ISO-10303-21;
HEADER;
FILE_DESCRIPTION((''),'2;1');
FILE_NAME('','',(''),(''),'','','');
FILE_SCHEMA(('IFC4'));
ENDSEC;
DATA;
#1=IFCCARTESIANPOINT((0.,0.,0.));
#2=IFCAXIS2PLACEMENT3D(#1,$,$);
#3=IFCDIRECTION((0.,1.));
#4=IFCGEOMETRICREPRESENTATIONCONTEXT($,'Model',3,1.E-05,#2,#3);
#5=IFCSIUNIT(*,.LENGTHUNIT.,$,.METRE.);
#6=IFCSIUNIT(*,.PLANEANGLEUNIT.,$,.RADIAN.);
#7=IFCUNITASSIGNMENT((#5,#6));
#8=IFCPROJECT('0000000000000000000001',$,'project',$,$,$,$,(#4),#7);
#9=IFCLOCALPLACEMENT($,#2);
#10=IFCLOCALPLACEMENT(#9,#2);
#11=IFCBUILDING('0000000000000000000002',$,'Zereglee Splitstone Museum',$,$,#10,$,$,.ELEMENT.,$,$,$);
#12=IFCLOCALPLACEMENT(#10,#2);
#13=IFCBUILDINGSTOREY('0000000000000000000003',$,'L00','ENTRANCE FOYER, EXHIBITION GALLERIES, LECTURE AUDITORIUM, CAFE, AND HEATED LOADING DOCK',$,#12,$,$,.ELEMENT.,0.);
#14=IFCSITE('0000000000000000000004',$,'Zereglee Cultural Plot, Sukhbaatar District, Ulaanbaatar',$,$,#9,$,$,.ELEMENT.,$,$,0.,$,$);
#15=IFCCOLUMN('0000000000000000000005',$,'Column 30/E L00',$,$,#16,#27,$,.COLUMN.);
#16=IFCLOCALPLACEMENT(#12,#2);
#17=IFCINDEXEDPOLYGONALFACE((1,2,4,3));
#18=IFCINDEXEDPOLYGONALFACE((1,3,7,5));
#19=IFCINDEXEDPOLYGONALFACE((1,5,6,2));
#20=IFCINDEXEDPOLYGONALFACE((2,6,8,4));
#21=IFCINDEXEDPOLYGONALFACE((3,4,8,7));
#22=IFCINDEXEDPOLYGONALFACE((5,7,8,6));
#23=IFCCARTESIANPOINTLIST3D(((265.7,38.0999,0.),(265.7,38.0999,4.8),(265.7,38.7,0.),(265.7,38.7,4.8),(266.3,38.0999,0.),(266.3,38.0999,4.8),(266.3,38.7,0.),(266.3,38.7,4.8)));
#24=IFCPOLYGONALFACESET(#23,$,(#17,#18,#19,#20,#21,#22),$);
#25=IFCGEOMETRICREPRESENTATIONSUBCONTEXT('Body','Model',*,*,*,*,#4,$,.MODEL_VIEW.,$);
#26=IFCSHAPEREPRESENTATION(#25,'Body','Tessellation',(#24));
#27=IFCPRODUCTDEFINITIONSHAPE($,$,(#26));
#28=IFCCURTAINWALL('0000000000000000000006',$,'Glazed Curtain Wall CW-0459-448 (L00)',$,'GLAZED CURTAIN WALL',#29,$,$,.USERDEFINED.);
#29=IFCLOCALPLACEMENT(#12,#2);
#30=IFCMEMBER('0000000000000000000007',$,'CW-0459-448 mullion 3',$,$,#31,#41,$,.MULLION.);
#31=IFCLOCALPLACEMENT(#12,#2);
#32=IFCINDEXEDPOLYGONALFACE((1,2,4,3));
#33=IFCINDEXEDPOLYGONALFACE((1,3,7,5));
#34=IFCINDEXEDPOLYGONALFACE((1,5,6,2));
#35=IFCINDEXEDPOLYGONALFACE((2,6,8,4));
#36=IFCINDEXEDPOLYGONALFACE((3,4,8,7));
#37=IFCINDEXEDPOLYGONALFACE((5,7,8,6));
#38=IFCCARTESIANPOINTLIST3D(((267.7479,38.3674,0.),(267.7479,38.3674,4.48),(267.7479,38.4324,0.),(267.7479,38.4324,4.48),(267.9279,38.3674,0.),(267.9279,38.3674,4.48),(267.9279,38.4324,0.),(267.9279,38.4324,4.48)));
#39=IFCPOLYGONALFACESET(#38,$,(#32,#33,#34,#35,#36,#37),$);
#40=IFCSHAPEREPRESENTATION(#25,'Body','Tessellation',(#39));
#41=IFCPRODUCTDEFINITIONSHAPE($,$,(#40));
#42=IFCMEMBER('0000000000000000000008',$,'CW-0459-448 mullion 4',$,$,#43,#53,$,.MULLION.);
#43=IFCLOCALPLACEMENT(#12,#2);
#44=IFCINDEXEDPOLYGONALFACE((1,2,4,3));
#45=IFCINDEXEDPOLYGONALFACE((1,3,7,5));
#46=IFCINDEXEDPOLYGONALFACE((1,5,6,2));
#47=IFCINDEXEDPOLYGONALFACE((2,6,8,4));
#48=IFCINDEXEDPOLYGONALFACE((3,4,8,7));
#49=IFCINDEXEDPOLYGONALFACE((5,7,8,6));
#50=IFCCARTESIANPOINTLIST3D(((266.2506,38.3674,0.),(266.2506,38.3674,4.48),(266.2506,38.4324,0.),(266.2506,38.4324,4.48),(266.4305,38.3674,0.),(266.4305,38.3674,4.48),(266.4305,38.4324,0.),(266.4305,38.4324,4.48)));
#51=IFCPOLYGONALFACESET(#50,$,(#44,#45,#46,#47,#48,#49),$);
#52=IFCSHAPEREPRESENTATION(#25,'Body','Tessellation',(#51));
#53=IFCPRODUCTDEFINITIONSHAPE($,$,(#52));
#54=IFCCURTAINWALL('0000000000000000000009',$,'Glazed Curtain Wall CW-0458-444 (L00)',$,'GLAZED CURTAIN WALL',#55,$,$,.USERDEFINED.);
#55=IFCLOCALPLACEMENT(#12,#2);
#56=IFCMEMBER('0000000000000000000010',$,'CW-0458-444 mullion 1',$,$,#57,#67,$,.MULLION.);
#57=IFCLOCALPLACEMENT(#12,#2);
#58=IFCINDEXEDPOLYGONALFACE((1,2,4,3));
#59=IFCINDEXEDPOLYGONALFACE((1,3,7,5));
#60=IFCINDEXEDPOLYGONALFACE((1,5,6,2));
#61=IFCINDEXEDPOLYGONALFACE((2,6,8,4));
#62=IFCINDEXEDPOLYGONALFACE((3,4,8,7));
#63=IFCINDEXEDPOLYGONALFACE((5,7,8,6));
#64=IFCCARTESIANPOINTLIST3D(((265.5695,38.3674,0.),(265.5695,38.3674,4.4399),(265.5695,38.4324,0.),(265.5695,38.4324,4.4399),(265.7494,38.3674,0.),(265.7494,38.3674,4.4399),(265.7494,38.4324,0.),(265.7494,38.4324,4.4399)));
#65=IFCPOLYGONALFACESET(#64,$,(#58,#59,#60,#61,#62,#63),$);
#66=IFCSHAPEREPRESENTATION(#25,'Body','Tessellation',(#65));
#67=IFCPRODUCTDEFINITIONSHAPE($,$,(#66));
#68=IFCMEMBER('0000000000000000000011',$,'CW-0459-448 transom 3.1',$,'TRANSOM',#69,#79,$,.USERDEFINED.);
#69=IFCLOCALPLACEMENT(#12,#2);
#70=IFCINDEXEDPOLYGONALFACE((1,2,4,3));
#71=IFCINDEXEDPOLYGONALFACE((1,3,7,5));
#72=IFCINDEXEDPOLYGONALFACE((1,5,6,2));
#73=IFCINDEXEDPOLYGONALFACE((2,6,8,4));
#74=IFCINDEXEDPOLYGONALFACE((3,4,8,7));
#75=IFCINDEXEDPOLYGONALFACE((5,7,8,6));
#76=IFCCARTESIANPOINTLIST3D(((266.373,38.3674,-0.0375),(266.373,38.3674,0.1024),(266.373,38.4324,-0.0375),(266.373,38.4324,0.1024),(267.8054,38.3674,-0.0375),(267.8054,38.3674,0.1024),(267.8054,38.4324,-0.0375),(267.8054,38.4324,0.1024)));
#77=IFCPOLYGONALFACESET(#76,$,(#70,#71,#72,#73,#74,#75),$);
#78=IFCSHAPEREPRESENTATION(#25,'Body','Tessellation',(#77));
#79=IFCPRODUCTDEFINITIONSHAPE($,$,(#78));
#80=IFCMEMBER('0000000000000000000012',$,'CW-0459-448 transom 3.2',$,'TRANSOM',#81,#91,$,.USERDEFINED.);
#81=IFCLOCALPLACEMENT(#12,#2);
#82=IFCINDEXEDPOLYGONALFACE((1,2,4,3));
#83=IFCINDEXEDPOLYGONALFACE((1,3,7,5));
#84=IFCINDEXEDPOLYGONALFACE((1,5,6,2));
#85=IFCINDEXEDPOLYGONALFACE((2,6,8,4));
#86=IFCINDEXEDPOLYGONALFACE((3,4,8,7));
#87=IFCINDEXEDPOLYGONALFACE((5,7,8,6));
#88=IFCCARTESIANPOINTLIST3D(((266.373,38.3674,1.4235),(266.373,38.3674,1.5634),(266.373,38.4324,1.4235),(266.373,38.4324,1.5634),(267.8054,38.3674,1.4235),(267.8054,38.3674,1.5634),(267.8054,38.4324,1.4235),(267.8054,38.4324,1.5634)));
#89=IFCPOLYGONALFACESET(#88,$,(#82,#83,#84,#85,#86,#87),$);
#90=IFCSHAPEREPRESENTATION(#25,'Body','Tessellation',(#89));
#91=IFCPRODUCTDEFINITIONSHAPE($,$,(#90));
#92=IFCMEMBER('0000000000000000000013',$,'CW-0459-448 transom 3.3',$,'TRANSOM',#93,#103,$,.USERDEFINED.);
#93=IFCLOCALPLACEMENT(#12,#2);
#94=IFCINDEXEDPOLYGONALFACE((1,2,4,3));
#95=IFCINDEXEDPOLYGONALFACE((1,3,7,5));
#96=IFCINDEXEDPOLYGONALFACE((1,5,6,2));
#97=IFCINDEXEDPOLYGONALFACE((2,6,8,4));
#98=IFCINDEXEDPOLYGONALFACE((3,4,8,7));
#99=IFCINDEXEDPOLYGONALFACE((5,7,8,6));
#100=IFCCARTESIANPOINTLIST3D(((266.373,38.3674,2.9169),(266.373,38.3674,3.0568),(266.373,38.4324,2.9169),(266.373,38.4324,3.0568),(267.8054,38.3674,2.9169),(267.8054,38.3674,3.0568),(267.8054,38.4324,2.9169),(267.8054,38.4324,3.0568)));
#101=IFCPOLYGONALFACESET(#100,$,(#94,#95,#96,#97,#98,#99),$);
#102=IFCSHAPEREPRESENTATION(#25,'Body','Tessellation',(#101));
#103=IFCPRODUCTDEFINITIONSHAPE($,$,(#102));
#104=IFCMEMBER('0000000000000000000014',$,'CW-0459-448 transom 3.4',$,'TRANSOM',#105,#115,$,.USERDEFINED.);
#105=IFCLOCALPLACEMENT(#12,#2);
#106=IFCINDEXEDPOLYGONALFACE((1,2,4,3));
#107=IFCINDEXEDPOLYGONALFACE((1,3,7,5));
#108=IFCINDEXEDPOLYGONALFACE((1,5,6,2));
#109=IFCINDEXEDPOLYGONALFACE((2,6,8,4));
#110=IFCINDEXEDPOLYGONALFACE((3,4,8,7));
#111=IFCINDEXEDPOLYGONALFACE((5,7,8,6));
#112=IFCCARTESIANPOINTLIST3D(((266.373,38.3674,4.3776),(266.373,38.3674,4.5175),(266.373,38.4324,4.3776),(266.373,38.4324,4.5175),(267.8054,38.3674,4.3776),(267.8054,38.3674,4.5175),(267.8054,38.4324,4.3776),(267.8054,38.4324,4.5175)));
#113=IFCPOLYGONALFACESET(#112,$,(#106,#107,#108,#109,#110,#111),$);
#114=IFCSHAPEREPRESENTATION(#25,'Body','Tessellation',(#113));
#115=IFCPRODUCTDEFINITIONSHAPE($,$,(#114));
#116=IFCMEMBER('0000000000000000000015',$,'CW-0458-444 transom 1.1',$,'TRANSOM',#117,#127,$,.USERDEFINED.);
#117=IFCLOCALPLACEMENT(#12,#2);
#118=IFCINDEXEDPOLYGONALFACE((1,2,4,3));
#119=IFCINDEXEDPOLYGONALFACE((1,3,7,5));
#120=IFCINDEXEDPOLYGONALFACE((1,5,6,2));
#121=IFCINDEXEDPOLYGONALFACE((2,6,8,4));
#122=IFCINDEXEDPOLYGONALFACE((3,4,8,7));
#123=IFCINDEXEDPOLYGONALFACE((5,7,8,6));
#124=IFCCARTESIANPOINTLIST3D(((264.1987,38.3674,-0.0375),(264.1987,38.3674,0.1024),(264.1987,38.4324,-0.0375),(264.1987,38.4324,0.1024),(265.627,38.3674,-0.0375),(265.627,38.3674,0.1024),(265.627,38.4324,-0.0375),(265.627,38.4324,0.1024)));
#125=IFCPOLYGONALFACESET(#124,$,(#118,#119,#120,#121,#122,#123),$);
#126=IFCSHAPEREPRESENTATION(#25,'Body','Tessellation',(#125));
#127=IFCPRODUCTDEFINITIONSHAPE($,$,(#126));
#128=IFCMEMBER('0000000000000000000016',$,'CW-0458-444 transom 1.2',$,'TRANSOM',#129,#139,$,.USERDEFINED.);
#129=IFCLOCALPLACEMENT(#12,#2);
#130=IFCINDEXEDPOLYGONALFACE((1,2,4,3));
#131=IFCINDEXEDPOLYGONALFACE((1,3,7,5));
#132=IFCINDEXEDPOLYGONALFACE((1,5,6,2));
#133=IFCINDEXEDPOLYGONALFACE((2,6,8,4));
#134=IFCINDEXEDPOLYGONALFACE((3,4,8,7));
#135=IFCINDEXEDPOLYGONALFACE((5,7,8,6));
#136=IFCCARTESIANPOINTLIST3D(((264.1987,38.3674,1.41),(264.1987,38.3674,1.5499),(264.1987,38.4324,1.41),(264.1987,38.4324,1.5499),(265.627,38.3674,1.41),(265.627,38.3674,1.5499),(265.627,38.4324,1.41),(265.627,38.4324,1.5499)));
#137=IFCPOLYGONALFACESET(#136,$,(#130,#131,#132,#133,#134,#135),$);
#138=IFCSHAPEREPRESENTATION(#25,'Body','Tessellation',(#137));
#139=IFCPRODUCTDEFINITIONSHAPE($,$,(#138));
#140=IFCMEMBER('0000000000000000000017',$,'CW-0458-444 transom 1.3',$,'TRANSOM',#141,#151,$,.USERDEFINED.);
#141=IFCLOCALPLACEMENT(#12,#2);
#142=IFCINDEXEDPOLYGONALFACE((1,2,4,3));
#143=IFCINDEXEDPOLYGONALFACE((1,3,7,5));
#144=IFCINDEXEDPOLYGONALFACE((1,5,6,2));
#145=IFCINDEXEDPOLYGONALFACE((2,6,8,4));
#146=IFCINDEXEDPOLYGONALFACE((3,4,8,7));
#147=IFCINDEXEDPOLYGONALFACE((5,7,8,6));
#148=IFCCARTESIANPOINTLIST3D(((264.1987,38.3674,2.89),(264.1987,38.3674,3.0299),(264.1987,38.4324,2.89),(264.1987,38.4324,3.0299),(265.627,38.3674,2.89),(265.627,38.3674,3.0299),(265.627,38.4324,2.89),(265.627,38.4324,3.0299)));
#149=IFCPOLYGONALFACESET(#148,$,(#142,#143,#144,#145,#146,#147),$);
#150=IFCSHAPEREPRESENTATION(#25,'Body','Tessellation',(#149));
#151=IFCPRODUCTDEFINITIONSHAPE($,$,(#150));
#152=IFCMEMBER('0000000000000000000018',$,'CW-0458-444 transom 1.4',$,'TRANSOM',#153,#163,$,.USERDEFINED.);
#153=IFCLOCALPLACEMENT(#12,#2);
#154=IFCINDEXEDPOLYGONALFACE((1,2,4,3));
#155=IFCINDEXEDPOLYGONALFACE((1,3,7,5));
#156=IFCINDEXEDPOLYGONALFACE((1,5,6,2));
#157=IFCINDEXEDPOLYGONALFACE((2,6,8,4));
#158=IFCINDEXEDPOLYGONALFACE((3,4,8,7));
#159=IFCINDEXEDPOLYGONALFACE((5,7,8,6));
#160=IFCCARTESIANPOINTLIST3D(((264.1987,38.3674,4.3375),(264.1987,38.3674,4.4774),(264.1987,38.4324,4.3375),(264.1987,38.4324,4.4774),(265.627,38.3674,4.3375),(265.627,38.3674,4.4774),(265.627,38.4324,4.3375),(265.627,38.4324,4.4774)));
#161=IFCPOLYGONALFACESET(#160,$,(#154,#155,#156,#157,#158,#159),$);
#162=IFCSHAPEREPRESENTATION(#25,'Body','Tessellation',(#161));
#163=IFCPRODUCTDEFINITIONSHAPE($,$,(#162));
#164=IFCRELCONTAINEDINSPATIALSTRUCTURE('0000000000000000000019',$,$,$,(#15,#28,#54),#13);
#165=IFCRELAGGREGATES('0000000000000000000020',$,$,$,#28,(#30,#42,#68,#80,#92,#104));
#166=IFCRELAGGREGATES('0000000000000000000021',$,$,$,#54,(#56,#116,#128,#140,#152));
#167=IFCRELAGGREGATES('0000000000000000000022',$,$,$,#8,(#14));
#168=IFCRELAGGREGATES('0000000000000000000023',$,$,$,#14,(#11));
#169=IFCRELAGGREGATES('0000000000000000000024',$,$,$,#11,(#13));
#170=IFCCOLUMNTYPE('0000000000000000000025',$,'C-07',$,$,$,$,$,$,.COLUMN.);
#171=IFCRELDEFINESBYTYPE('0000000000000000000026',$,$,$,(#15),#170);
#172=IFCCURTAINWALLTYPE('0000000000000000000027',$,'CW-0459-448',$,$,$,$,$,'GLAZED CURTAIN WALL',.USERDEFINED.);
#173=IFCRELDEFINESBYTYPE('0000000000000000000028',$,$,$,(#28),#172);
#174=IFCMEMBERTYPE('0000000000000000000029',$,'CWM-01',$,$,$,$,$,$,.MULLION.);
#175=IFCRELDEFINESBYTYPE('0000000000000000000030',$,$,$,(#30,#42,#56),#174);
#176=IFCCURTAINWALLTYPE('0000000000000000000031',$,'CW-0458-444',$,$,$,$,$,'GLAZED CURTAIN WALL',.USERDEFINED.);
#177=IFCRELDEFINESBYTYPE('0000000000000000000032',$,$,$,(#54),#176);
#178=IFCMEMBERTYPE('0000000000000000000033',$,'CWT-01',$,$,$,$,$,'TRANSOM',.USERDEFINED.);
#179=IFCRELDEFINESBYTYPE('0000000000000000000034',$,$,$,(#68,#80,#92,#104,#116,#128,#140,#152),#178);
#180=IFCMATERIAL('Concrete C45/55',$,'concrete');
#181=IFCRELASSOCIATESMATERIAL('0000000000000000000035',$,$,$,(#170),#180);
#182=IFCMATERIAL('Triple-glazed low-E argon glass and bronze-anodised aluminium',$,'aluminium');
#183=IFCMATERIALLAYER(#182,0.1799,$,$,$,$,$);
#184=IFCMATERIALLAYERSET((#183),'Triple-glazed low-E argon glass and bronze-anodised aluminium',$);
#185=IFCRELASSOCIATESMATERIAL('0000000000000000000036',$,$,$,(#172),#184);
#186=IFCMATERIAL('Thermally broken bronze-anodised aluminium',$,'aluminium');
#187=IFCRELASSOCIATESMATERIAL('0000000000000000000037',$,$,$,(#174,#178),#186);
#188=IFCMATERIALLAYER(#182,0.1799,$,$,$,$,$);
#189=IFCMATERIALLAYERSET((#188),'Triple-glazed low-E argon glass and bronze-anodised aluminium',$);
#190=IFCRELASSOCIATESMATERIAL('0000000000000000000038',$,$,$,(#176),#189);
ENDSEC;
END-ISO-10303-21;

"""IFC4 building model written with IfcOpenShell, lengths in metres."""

from ifc_helpers import new_model, si_unit, direction, frame, origin, origin_2d, place, context, subcontext, project, spatial, rectangle, extrude, material, layer, layer_set, material_profile, profile_set, type_object, element, aggregate, save


model = new_model("IFC4")

# Units and contexts
model_context = context("Model", 3, precision=1e-05, world=origin(), true_north=direction((0.0, 1.0)))
body_context = subcontext(model_context, "Body", "Model", "MODEL_VIEW")
ifc_project = project(units=[si_unit("LENGTHUNIT", "METRE"), si_unit("PLANEANGLEUNIT", "RADIAN")], contexts=[model_context])

# Site, building, storey
site_placement = place(None, origin())
site = spatial("IfcSite", under=ifc_project, at=site_placement, Name="Zereglee Cultural Plot, Sukhbaatar District, Ulaanbaatar", CompositionType="ELEMENT", RefElevation=0.0)
building_placement = place(site_placement, origin())
building = spatial("IfcBuilding", under=site, at=building_placement, Name="Zereglee Splitstone Museum", CompositionType="ELEMENT")
storey_placement = place(building_placement, origin())
storey = spatial("IfcBuildingStorey", under=building, at=storey_placement, Name="L00", Description="ENTRANCE FOYER, EXHIBITION GALLERIES, LECTURE AUDITORIUM, CAFE, AND HEATED LOADING DOCK", CompositionType="ELEMENT", Elevation=0.0)

# Column
ifc_material_1 = material(Name="Concrete C45/55", Category="concrete")
ifc_material_profile_1 = material_profile(ifc_material_1, rectangle(XDim=0.6001, YDim=0.6001, at=origin_2d()), Name="RC 600x600")
ifc_profile_set_1 = profile_set([ifc_material_profile_1], Name="Concrete C45/55")
column_type = type_object("IfcColumnType", Name="C-07", PredefinedType="COLUMN", material=ifc_profile_set_1)
column_placement = place(storey_placement, frame((266.0, 38.3999, 0.0), z_axis=(0.0, 0.0, 1.0), x_axis=(1.0, 0.0, 0.0)))
element("IfcColumn", 1, at=column_placement, inside=storey, type_object=column_type, Name="Column 30/E L00", PredefinedType="COLUMN", context=body_context, shape_type="SweptSolid", body=[
    extrude(rectangle(XDim=0.6001, YDim=0.6001, at=origin_2d()), origin(), (0.0, 0.0, 1.0), 4.8),
])

# Curtain wall, members
ifc_material_2 = material(Name="Triple-glazed low-E argon glass and bronze-anodised aluminium", Category="aluminium")
ifc_layer_1 = layer(ifc_material_2, 0.1799)
ifc_layer_set_1 = layer_set([ifc_layer_1], Name="Triple-glazed low-E argon glass and bronze-anodised aluminium")
curtain_wall_type_1 = type_object("IfcCurtainWallType", Name="CW-0459-448", ElementType="GLAZED CURTAIN WALL", PredefinedType="USERDEFINED", material=ifc_layer_set_1)
curtain_wall_1_placement = place(storey_placement, origin())
curtain_wall_1 = element("IfcCurtainWall", 2, at=curtain_wall_1_placement, inside=storey, type_object=curtain_wall_type_1, Name="Glazed Curtain Wall CW-0459-448 (L00)", ObjectType="GLAZED CURTAIN WALL", PredefinedType="USERDEFINED")
ifc_material_3 = material(Name="Thermally broken bronze-anodised aluminium", Category="aluminium")
ifc_material_profile_2 = material_profile(ifc_material_3, rectangle(XDim=0.0649, YDim=0.1799, at=origin_2d()), Name="CW MULL 65x180")
ifc_profile_set_2 = profile_set([ifc_material_profile_2], Name="Thermally broken bronze-anodised aluminium")
member_type_1 = type_object("IfcMemberType", Name="CWM-01", PredefinedType="MULLION", material=ifc_profile_set_2)
member_1_placement = place(storey_placement, frame((267.8379, 38.3999, 0.0), z_axis=(0.0, 0.0, 1.0), x_axis=(0.0, -1.0, 0.0)))
member_1 = element("IfcMember", 3, at=member_1_placement, type_object=member_type_1, Name="CW-0459-448 mullion 3", PredefinedType="MULLION", context=body_context, shape_type="SweptSolid", body=[
    extrude(rectangle(XDim=0.0649, YDim=0.1799, at=origin_2d()), origin(), (0.0, 0.0, 1.0), 4.48),
])
member_2_placement = place(storey_placement, frame((266.3406, 38.3999, 0.0), z_axis=(0.0, 0.0, 1.0), x_axis=(0.0, -1.0, 0.0)))
member_2 = element("IfcMember", 4, at=member_2_placement, type_object=member_type_1, Name="CW-0459-448 mullion 4", PredefinedType="MULLION", context=body_context, shape_type="SweptSolid", body=[
    extrude(rectangle(XDim=0.0649, YDim=0.1799, at=origin_2d()), origin(), (0.0, 0.0, 1.0), 4.48),
])

# Curtain wall, member
ifc_layer_2 = layer(ifc_material_2, 0.1799)
ifc_layer_set_2 = layer_set([ifc_layer_2], Name="Triple-glazed low-E argon glass and bronze-anodised aluminium")
curtain_wall_type_2 = type_object("IfcCurtainWallType", Name="CW-0458-444", ElementType="GLAZED CURTAIN WALL", PredefinedType="USERDEFINED", material=ifc_layer_set_2)
curtain_wall_2_placement = place(storey_placement, origin())
curtain_wall_2 = element("IfcCurtainWall", 5, at=curtain_wall_2_placement, inside=storey, type_object=curtain_wall_type_2, Name="Glazed Curtain Wall CW-0458-444 (L00)", ObjectType="GLAZED CURTAIN WALL", PredefinedType="USERDEFINED")
member_3_placement = place(storey_placement, frame((265.6594, 38.3999, 0.0), z_axis=(0.0, 0.0, 1.0), x_axis=(0.0, -1.0, 0.0)))
member_3 = element("IfcMember", 6, at=member_3_placement, type_object=member_type_1, Name="CW-0458-444 mullion 1", PredefinedType="MULLION", context=body_context, shape_type="SweptSolid", body=[
    extrude(rectangle(XDim=0.0649, YDim=0.1799, at=origin_2d()), origin(), (0.0, 0.0, 1.0), 4.4399),
])

# Members
ifc_material_profile_3 = material_profile(ifc_material_3, rectangle(XDim=0.0649, YDim=0.1399, at=origin_2d()), Name="CW TRAN 65x140")
ifc_profile_set_3 = profile_set([ifc_material_profile_3], Name="Thermally broken bronze-anodised aluminium")
member_type_2 = type_object("IfcMemberType", Name="CWT-01", ElementType="TRANSOM", PredefinedType="USERDEFINED", material=ifc_profile_set_3)
member_4_placement = place(storey_placement, frame((267.8054, 38.3999, 0.0325), z_axis=(-1.0, 0.0, 0.0), x_axis=(0.0, -1.0, 0.0)))
member_4 = element("IfcMember", 7, at=member_4_placement, type_object=member_type_2, Name="CW-0459-448 transom 3.1", ObjectType="TRANSOM", PredefinedType="USERDEFINED", context=body_context, shape_type="SweptSolid", body=[
    extrude(rectangle(XDim=0.0649, YDim=0.1399, at=origin_2d()), origin(), (0.0, 0.0, 1.0), 1.4324),
])
member_5_placement = place(storey_placement, frame((267.8054, 38.3999, 1.4934), z_axis=(-1.0, 0.0, 0.0), x_axis=(0.0, -1.0, 0.0)))
member_5 = element("IfcMember", 8, at=member_5_placement, type_object=member_type_2, Name="CW-0459-448 transom 3.2", ObjectType="TRANSOM", PredefinedType="USERDEFINED", context=body_context, shape_type="SweptSolid", body=[
    extrude(rectangle(XDim=0.0649, YDim=0.1399, at=origin_2d()), origin(), (0.0, 0.0, 1.0), 1.4324),
])
member_6_placement = place(storey_placement, frame((267.8054, 38.3999, 2.9868), z_axis=(-1.0, 0.0, 0.0), x_axis=(0.0, -1.0, 0.0)))
member_6 = element("IfcMember", 9, at=member_6_placement, type_object=member_type_2, Name="CW-0459-448 transom 3.3", ObjectType="TRANSOM", PredefinedType="USERDEFINED", context=body_context, shape_type="SweptSolid", body=[
    extrude(rectangle(XDim=0.0649, YDim=0.1399, at=origin_2d()), origin(), (0.0, 0.0, 1.0), 1.4324),
])
member_7_placement = place(storey_placement, frame((267.8054, 38.3999, 4.4475), z_axis=(-1.0, 0.0, 0.0), x_axis=(0.0, -1.0, 0.0)))
member_7 = element("IfcMember", 10, at=member_7_placement, type_object=member_type_2, Name="CW-0459-448 transom 3.4", ObjectType="TRANSOM", PredefinedType="USERDEFINED", context=body_context, shape_type="SweptSolid", body=[
    extrude(rectangle(XDim=0.0649, YDim=0.1399, at=origin_2d()), origin(), (0.0, 0.0, 1.0), 1.4324),
])
member_8_placement = place(storey_placement, frame((265.627, 38.3999, 0.0325), z_axis=(-1.0, 0.0, 0.0), x_axis=(0.0, -1.0, 0.0)))
member_8 = element("IfcMember", 11, at=member_8_placement, type_object=member_type_2, Name="CW-0458-444 transom 1.1", ObjectType="TRANSOM", PredefinedType="USERDEFINED", context=body_context, shape_type="SweptSolid", body=[
    extrude(rectangle(XDim=0.0649, YDim=0.1399, at=origin_2d()), origin(), (0.0, 0.0, 1.0), 1.4282),
])
member_9_placement = place(storey_placement, frame((265.627, 38.3999, 1.48), z_axis=(-1.0, 0.0, 0.0), x_axis=(0.0, -1.0, 0.0)))
member_9 = element("IfcMember", 12, at=member_9_placement, type_object=member_type_2, Name="CW-0458-444 transom 1.2", ObjectType="TRANSOM", PredefinedType="USERDEFINED", context=body_context, shape_type="SweptSolid", body=[
    extrude(rectangle(XDim=0.0649, YDim=0.1399, at=origin_2d()), origin(), (0.0, 0.0, 1.0), 1.4282),
])
member_10_placement = place(storey_placement, frame((265.627, 38.3999, 2.96), z_axis=(-1.0, 0.0, 0.0), x_axis=(0.0, -1.0, 0.0)))
member_10 = element("IfcMember", 13, at=member_10_placement, type_object=member_type_2, Name="CW-0458-444 transom 1.3", ObjectType="TRANSOM", PredefinedType="USERDEFINED", context=body_context, shape_type="SweptSolid", body=[
    extrude(rectangle(XDim=0.0649, YDim=0.1399, at=origin_2d()), origin(), (0.0, 0.0, 1.0), 1.4282),
])
member_11_placement = place(storey_placement, frame((265.627, 38.3999, 4.4075), z_axis=(-1.0, 0.0, 0.0), x_axis=(0.0, -1.0, 0.0)))
member_11 = element("IfcMember", 14, at=member_11_placement, type_object=member_type_2, Name="CW-0458-444 transom 1.4", ObjectType="TRANSOM", PredefinedType="USERDEFINED", context=body_context, shape_type="SweptSolid", body=[
    extrude(rectangle(XDim=0.0649, YDim=0.1399, at=origin_2d()), origin(), (0.0, 0.0, 1.0), 1.4282),
])

aggregate(curtain_wall_1, [member_1, member_2, member_4, member_5, member_6, member_7])
aggregate(curtain_wall_2, [member_3, member_8, member_9, member_10, member_11])

save(model, "model.ifc")
